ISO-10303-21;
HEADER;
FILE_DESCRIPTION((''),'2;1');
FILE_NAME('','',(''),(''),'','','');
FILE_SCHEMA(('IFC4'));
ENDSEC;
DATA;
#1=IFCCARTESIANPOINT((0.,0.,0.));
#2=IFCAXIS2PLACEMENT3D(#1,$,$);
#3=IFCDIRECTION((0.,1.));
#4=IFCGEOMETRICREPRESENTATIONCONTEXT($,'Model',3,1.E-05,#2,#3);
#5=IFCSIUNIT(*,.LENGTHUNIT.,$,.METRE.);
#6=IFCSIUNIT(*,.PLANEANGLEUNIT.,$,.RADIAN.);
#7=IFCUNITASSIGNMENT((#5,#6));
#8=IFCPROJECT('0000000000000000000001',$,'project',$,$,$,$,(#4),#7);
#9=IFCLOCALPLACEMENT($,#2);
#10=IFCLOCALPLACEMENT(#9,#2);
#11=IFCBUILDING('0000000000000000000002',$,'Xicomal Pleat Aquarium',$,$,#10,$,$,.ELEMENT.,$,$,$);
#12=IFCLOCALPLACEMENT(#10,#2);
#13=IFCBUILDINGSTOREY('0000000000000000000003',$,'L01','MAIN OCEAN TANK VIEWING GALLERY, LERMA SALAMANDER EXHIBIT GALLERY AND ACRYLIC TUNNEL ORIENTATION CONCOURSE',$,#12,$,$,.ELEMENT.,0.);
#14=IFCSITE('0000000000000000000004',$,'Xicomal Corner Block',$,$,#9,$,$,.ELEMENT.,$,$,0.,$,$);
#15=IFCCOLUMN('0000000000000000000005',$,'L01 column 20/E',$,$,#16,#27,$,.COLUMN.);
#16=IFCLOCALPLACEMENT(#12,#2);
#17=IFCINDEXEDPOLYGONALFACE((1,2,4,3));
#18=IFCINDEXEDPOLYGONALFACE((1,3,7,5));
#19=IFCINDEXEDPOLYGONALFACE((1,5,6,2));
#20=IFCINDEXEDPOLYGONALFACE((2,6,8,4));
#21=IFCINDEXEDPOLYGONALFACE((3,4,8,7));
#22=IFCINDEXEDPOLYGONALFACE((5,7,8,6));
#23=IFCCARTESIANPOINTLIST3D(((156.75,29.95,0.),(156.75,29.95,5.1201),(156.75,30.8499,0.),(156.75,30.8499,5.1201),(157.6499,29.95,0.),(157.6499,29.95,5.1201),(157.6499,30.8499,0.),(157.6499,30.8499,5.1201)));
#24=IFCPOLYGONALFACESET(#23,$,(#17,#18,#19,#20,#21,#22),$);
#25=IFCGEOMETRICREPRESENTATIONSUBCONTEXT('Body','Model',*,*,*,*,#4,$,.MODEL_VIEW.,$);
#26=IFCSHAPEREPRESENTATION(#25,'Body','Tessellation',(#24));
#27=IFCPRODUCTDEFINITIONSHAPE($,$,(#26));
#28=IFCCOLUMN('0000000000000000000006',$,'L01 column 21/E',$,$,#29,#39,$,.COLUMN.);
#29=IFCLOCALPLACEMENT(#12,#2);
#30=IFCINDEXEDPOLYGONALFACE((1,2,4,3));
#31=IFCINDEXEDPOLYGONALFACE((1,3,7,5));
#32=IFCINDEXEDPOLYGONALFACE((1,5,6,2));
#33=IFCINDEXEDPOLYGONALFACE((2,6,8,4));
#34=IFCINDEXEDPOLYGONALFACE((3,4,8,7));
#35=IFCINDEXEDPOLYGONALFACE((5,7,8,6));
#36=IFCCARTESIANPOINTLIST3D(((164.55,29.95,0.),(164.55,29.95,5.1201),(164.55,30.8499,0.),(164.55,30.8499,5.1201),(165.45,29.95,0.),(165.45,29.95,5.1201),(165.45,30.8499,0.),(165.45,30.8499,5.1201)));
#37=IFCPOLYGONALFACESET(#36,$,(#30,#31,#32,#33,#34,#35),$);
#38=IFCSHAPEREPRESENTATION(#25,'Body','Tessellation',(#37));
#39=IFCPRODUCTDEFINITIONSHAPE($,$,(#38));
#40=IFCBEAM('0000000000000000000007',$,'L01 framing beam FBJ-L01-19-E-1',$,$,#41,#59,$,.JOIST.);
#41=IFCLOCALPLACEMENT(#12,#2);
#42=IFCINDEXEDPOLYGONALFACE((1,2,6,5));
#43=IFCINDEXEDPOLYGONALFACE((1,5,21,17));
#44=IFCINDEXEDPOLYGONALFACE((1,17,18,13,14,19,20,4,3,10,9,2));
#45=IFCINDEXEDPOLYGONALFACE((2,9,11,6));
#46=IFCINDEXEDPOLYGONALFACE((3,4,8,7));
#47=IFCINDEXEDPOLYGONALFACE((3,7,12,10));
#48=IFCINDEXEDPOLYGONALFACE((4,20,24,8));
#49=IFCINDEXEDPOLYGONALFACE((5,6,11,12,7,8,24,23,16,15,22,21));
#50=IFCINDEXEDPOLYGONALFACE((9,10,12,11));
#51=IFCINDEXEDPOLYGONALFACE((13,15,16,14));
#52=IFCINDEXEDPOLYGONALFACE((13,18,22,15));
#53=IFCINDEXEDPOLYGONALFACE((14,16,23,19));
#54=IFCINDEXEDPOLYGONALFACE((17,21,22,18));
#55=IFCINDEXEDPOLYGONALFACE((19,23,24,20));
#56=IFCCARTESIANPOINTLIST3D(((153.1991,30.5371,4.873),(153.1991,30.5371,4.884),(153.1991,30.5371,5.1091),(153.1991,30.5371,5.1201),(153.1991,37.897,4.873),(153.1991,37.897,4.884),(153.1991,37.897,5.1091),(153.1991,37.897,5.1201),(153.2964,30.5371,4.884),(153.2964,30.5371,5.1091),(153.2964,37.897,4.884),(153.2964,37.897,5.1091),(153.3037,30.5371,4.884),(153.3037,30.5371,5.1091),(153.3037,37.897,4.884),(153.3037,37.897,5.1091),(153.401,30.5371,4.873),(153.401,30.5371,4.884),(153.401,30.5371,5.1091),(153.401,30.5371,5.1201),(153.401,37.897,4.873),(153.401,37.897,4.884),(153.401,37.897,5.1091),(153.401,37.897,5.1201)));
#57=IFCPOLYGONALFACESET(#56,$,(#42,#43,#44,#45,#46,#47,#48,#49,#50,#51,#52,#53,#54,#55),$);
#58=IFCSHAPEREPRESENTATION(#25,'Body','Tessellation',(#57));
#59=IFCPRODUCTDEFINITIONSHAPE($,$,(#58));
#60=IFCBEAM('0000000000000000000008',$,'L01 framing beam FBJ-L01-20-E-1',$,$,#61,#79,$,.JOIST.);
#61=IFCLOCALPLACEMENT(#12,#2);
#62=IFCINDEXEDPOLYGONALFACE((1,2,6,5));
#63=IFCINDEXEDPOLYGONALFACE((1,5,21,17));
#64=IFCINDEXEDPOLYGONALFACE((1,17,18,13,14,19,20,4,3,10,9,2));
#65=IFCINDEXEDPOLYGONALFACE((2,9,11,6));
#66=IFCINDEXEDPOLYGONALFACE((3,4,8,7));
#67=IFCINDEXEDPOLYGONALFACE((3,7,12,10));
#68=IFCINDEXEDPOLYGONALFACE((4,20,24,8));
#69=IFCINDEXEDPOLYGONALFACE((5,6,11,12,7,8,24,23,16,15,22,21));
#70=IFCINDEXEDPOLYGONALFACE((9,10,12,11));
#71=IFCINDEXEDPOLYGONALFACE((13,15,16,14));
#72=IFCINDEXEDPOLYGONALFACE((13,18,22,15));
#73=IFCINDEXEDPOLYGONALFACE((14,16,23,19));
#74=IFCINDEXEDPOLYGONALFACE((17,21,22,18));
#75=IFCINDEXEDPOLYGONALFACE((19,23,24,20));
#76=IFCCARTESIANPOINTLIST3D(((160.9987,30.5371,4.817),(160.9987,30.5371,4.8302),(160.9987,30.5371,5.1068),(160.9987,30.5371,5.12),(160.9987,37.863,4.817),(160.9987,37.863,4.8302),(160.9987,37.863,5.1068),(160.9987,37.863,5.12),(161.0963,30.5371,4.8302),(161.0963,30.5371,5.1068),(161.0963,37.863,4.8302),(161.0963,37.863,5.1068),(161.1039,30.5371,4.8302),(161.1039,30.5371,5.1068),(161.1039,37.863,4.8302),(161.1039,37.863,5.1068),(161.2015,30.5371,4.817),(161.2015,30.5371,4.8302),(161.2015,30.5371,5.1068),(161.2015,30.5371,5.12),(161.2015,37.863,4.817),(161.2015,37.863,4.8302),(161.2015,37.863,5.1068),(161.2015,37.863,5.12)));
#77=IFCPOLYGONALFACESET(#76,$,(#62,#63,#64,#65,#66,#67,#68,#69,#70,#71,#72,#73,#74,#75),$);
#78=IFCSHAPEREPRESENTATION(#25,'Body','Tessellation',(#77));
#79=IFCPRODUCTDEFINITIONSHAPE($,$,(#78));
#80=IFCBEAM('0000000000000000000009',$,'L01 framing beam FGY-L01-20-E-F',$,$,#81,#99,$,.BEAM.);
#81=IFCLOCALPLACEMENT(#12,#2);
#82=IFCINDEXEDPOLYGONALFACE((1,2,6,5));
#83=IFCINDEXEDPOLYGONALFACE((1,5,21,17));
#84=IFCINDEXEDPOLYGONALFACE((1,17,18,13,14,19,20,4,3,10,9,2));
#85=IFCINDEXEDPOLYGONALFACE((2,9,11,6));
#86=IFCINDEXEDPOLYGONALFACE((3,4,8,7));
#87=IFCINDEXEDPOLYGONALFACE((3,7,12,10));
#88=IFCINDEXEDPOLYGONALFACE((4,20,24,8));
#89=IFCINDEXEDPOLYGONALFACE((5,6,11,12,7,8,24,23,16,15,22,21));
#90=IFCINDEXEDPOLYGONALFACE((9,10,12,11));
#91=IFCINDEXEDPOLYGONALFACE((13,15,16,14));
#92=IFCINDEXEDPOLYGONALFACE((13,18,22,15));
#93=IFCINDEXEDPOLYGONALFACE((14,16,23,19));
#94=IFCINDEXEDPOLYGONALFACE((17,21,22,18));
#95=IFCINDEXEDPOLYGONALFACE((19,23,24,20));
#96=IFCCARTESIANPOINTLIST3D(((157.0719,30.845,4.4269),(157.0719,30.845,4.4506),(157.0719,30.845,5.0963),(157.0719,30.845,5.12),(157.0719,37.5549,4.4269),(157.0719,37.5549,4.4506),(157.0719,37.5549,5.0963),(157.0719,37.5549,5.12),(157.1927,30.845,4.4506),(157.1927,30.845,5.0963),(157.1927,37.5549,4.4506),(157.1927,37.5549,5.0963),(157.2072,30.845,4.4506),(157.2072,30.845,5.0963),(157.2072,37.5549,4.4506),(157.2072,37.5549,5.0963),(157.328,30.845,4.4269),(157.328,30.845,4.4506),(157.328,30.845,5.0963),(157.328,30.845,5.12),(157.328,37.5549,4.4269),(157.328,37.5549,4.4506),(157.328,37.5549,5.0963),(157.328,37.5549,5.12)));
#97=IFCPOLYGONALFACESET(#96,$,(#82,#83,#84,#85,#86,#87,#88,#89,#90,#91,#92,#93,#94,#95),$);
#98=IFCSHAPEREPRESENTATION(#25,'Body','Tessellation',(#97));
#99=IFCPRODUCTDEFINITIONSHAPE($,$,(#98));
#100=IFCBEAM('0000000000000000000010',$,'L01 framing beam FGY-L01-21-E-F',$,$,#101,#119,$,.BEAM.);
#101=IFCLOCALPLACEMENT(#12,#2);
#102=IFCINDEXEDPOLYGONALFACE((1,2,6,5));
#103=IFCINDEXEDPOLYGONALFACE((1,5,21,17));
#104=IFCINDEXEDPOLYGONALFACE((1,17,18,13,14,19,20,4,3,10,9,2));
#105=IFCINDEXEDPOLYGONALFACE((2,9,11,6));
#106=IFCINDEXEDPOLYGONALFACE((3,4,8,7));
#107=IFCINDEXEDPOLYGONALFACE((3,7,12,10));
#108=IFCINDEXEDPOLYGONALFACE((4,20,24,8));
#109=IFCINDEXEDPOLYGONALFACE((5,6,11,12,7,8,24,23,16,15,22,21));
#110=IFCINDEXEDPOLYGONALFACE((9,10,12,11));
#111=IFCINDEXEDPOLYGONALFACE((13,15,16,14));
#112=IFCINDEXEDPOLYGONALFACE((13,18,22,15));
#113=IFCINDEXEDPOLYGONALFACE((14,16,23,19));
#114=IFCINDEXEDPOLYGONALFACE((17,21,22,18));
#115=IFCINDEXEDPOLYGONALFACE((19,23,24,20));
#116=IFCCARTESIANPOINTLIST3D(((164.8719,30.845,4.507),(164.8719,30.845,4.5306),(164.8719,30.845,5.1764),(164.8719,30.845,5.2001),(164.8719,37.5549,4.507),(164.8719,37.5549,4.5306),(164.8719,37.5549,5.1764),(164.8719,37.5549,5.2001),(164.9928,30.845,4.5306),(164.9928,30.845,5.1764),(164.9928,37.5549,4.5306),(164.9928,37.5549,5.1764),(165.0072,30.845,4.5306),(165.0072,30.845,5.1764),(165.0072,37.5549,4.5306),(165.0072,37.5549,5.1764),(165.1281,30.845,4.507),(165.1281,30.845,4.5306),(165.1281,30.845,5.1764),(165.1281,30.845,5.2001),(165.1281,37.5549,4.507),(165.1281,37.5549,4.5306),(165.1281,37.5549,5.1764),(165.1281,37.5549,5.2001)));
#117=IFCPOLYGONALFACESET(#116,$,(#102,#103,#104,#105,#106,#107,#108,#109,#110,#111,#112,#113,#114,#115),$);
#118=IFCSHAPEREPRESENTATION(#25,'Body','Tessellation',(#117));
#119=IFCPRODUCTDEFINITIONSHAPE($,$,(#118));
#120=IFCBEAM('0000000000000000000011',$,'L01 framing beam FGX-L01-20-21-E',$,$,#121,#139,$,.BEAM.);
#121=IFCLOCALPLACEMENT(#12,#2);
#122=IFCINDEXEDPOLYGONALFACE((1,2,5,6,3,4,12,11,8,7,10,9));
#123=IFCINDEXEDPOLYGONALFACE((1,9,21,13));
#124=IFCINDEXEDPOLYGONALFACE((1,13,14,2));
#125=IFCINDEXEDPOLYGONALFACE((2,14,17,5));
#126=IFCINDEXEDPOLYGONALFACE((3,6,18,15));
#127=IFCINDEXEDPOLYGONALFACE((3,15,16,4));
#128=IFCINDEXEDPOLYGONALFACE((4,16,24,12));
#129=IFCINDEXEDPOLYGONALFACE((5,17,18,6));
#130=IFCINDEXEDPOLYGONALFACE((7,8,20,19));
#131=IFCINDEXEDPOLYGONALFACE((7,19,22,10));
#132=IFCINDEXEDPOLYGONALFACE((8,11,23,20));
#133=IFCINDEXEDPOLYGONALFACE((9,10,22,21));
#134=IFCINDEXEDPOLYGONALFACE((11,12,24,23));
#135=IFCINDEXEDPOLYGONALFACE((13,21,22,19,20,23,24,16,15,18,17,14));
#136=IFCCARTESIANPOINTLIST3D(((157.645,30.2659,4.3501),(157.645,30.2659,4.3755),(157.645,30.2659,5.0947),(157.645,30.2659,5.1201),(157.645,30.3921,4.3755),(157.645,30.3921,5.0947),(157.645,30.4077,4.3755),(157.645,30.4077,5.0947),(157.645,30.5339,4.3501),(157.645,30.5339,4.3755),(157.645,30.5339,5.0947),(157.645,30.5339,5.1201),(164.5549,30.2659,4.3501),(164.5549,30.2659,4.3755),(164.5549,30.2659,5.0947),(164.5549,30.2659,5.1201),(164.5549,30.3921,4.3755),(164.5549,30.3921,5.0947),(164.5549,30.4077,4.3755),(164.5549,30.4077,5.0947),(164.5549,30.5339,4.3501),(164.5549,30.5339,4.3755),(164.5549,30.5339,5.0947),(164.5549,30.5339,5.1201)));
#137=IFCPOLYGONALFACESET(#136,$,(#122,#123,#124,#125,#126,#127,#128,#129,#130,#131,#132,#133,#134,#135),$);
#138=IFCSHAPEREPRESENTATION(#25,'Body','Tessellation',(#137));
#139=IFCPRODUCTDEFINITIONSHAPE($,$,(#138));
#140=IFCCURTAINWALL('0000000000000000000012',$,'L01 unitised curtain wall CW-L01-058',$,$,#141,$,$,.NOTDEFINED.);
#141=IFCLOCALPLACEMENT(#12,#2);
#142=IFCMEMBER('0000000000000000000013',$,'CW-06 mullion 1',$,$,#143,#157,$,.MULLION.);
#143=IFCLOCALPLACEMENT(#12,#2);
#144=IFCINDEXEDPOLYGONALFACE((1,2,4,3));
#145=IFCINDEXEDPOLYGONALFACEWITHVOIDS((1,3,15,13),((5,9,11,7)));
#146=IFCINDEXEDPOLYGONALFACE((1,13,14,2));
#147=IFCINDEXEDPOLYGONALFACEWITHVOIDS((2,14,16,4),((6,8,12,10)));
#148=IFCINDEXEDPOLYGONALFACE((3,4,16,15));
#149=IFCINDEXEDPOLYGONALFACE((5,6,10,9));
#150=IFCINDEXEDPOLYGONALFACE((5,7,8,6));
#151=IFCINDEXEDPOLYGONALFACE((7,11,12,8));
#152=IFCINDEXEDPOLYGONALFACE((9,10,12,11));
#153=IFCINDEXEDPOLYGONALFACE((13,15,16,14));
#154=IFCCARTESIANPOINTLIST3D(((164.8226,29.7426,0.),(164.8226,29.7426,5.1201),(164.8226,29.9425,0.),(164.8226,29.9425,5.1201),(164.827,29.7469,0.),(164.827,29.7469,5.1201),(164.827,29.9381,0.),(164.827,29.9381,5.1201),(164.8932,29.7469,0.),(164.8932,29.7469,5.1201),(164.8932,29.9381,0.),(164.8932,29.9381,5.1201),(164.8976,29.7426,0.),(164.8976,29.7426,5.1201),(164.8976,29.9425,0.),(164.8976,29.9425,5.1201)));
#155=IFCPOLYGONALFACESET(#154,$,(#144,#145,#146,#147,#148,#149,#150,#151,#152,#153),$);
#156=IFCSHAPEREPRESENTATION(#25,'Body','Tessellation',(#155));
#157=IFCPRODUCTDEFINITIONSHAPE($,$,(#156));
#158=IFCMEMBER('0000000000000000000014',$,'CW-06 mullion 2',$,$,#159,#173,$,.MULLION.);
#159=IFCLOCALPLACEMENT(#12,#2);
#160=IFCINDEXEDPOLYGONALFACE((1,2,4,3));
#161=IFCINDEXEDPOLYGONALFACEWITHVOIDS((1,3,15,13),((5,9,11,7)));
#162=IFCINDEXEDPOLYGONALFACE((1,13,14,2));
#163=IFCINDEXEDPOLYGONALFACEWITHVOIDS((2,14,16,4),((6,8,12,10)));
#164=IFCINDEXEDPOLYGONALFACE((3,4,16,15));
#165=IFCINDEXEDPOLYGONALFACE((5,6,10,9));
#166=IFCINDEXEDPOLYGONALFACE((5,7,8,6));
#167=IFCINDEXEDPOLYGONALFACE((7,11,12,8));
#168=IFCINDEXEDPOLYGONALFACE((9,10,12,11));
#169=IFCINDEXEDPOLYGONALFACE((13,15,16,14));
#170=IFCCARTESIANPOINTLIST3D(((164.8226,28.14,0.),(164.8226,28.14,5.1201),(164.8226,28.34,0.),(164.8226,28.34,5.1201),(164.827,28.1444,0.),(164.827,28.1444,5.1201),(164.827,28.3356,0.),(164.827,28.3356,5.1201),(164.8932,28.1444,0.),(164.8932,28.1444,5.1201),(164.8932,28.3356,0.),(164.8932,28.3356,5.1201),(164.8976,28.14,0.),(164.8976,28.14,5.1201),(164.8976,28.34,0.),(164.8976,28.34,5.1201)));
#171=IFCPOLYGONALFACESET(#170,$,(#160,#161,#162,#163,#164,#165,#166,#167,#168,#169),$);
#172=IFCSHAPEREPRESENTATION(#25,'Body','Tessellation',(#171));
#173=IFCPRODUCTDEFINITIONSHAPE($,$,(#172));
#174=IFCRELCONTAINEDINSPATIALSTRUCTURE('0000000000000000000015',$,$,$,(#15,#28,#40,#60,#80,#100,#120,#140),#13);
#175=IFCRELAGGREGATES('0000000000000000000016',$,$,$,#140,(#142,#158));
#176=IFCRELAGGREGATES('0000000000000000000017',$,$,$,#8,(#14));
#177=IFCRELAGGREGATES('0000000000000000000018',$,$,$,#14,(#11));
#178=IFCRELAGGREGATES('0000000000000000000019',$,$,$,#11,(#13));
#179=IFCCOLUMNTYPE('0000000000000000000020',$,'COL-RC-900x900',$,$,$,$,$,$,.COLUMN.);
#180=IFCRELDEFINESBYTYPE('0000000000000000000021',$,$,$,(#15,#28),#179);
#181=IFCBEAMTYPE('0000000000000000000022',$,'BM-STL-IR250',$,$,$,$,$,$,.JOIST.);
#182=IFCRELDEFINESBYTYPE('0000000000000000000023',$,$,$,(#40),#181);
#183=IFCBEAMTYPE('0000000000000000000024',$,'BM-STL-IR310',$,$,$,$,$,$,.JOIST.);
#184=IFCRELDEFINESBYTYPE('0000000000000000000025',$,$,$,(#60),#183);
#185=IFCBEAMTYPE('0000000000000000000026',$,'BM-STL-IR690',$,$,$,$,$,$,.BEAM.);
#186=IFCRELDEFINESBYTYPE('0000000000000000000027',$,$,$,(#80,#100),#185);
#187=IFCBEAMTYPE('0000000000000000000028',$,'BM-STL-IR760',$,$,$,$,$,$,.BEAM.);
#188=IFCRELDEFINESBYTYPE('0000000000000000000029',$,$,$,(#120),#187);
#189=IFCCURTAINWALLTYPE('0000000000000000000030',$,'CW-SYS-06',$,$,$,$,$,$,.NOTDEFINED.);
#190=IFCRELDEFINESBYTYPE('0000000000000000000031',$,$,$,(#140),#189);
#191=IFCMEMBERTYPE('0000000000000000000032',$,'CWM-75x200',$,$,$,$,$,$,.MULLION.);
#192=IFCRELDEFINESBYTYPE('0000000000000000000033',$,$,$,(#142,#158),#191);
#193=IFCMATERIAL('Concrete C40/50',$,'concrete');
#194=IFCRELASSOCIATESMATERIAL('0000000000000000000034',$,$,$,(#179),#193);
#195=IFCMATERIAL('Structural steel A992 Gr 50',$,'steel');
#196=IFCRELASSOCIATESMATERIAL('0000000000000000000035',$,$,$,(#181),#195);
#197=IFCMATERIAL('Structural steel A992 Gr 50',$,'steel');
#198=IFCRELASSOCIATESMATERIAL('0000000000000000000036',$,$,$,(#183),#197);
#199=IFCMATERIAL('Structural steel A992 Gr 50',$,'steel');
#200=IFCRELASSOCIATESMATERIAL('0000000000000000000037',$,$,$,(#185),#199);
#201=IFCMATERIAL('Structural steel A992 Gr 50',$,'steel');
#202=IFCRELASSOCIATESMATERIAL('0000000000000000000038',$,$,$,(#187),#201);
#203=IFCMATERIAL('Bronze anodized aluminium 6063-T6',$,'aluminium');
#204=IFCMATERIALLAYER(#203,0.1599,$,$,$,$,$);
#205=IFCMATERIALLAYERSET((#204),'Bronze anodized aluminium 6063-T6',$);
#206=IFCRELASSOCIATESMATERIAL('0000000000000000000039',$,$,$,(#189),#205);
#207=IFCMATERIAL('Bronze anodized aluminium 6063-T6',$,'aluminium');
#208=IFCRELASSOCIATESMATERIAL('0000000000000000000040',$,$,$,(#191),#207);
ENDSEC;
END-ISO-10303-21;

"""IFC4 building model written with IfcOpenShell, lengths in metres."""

from ifc_helpers import new_model, si_unit, direction, frame, origin, origin_2d, place, context, subcontext, project, spatial, rectangle, hollow_rectangle, i_section, extrude, material, layer, layer_set, material_profile, profile_set, type_object, element, aggregate, save


model = new_model("IFC4")

# Units and contexts
model_context = context("Model", 3, precision=1e-05, world=origin(), true_north=direction((0.0, 1.0)))
body_context = subcontext(model_context, "Body", "Model", "MODEL_VIEW")
ifc_project = project(units=[si_unit("LENGTHUNIT", "METRE"), si_unit("PLANEANGLEUNIT", "RADIAN")], contexts=[model_context])

# Site, building, storey
site_placement = place(None, origin())
site = spatial("IfcSite", under=ifc_project, at=site_placement, Name="Xicomal Corner Block", CompositionType="ELEMENT", RefElevation=0.0)
building_placement = place(site_placement, origin())
building = spatial("IfcBuilding", under=site, at=building_placement, Name="Xicomal Pleat Aquarium", CompositionType="ELEMENT")
storey_placement = place(building_placement, origin())
storey = spatial("IfcBuildingStorey", under=building, at=storey_placement, Name="L01", Description="MAIN OCEAN TANK VIEWING GALLERY, LERMA SALAMANDER EXHIBIT GALLERY AND ACRYLIC TUNNEL ORIENTATION CONCOURSE", CompositionType="ELEMENT", Elevation=0.0)

# Columns
ifc_material_1 = material(Name="Concrete C40/50", Category="concrete")
ifc_material_profile_1 = material_profile(ifc_material_1, rectangle(XDim=0.8999, YDim=0.8999, at=origin_2d()), Name="RC 900x900")
ifc_profile_set_1 = profile_set([ifc_material_profile_1], Name="Concrete C40/50")
column_type = type_object("IfcColumnType", Name="COL-RC-900x900", PredefinedType="COLUMN", material=ifc_profile_set_1)
for number, where, z_axis, x_axis, name in (
    (1, (157.2, 30.3999, 0.0), (0.0, 0.0, 1.0), (1.0, 0.0, 0.0), "L01 column 20/E"),
    (2, (165.0, 30.3999, 0.0), (0.0, 0.0, 1.0), (1.0, 0.0, 0.0), "L01 column 21/E"),
):
    element("IfcColumn", number, at=place(storey_placement, frame(where, z_axis=z_axis, x_axis=x_axis)), inside=storey, type_object=column_type, Name=name, PredefinedType="COLUMN", context=body_context, shape_type="SweptSolid", body=[
        extrude(rectangle(XDim=0.8999, YDim=0.8999, at=origin_2d()), origin(), (0.0, 0.0, 1.0), 5.1201),
    ])

# Beams
ifc_material_2 = material(Name="Structural steel A992 Gr 50", Category="steel")
ifc_material_profile_2 = material_profile(ifc_material_2, i_section(OverallWidth=0.2019, OverallDepth=0.2471, WebThickness=0.0073, FlangeThickness=0.011, at=origin_2d()), Name="IR 250x49")
ifc_profile_set_2 = profile_set([ifc_material_profile_2], Name="Structural steel A992 Gr 50")
beam_type_1 = type_object("IfcBeamType", Name="BM-STL-IR250", PredefinedType="JOIST", material=ifc_profile_set_2)
beam_1_placement = place(storey_placement, frame((153.3, 30.5371, 4.9966), z_axis=(0.0, 1.0, 0.0), x_axis=(-1.0, 0.0, 0.0)))
element("IfcBeam", 3, at=beam_1_placement, inside=storey, type_object=beam_type_1, Name="L01 framing beam FBJ-L01-19-E-1", PredefinedType="JOIST", context=body_context, shape_type="SweptSolid", body=[
    extrude(i_section(OverallWidth=0.2019, OverallDepth=0.2471, WebThickness=0.0073, FlangeThickness=0.011, at=origin_2d()), origin(), (0.0, 0.0, 1.0), 7.3599),
])
ifc_material_3 = material(Name="Structural steel A992 Gr 50", Category="steel")
ifc_material_profile_3 = material_profile(ifc_material_3, i_section(OverallWidth=0.2029, OverallDepth=0.303, WebThickness=0.0076, FlangeThickness=0.0132, at=origin_2d()), Name="IR 310x60")
ifc_profile_set_3 = profile_set([ifc_material_profile_3], Name="Structural steel A992 Gr 50")
beam_type_2 = type_object("IfcBeamType", Name="BM-STL-IR310", PredefinedType="JOIST", material=ifc_profile_set_3)
beam_2_placement = place(storey_placement, frame((161.1001, 30.5371, 4.9685), z_axis=(0.0, 1.0, 0.0), x_axis=(-1.0, 0.0, 0.0)))
element("IfcBeam", 4, at=beam_2_placement, inside=storey, type_object=beam_type_2, Name="L01 framing beam FBJ-L01-20-E-1", PredefinedType="JOIST", context=body_context, shape_type="SweptSolid", body=[
    extrude(i_section(OverallWidth=0.2029, OverallDepth=0.303, WebThickness=0.0076, FlangeThickness=0.0132, at=origin_2d()), origin(), (0.0, 0.0, 1.0), 7.3259),
])
ifc_material_4 = material(Name="Structural steel A992 Gr 50", Category="steel")
ifc_material_profile_4 = material_profile(ifc_material_4, i_section(OverallWidth=0.2561, OverallDepth=0.6931, WebThickness=0.0144, FlangeThickness=0.0237, at=origin_2d()), Name="IR 690x170")
ifc_profile_set_4 = profile_set([ifc_material_profile_4], Name="Structural steel A992 Gr 50")
beam_type_3 = type_object("IfcBeamType", Name="BM-STL-IR690", PredefinedType="BEAM", material=ifc_profile_set_4)
for number, where, z_axis, x_axis, name in (
    (5, (157.2, 30.845, 4.7734), (0.0, 1.0, 0.0), (-1.0, 0.0, 0.0), "L01 framing beam FGY-L01-20-E-F"),
    (6, (165.0, 30.845, 4.8535), (0.0, 1.0, 0.0), (-1.0, 0.0, 0.0), "L01 framing beam FGY-L01-21-E-F"),
):
    element("IfcBeam", number, at=place(storey_placement, frame(where, z_axis=z_axis, x_axis=x_axis)), inside=storey, type_object=beam_type_3, Name=name, PredefinedType="BEAM", context=body_context, shape_type="SweptSolid", body=[
        extrude(i_section(OverallWidth=0.2561, OverallDepth=0.6931, WebThickness=0.0144, FlangeThickness=0.0237, at=origin_2d()), origin(), (0.0, 0.0, 1.0), 6.71),
    ])
ifc_material_5 = material(Name="Structural steel A992 Gr 50", Category="steel")
ifc_material_profile_5 = material_profile(ifc_material_5, i_section(OverallWidth=0.2681, OverallDepth=0.77, WebThickness=0.0156, FlangeThickness=0.0254, at=origin_2d()), Name="IR 760x196")
ifc_profile_set_5 = profile_set([ifc_material_profile_5], Name="Structural steel A992 Gr 50")
beam_type_4 = type_object("IfcBeamType", Name="BM-STL-IR760", PredefinedType="BEAM", material=ifc_profile_set_5)
beam_3_placement = place(storey_placement, frame((157.645, 30.3999, 4.7351), z_axis=(1.0, 0.0, 0.0), x_axis=(0.0, 1.0, 0.0)))
element("IfcBeam", 7, at=beam_3_placement, inside=storey, type_object=beam_type_4, Name="L01 framing beam FGX-L01-20-21-E", PredefinedType="BEAM", context=body_context, shape_type="SweptSolid", body=[
    extrude(i_section(OverallWidth=0.2681, OverallDepth=0.77, WebThickness=0.0156, FlangeThickness=0.0254, at=origin_2d()), origin(), (0.0, 0.0, 1.0), 6.9099),
])

# Curtain wall, members
ifc_material_6 = material(Name="Bronze anodized aluminium 6063-T6", Category="aluminium")
ifc_layer_1 = layer(ifc_material_6, 0.1599)
ifc_layer_set_1 = layer_set([ifc_layer_1], Name="Bronze anodized aluminium 6063-T6")
curtain_wall_type_1 = type_object("IfcCurtainWallType", Name="CW-SYS-06", PredefinedType="NOTDEFINED", material=ifc_layer_set_1)
curtain_wall_1_placement = place(storey_placement, origin())
curtain_wall_1 = element("IfcCurtainWall", 8, at=curtain_wall_1_placement, inside=storey, type_object=curtain_wall_type_1, Name="L01 unitised curtain wall CW-L01-058", PredefinedType="NOTDEFINED")
ifc_material_7 = material(Name="Bronze anodized aluminium 6063-T6", Category="aluminium")
ifc_material_profile_6 = material_profile(ifc_material_7, hollow_rectangle(XDim=0.075, YDim=0.2, WallThickness=0.0044, at=origin_2d()), Name="ALU MULL 75x200")
ifc_profile_set_6 = profile_set([ifc_material_profile_6], Name="Bronze anodized aluminium 6063-T6")
member_type_1 = type_object("IfcMemberType", Name="CWM-75x200", PredefinedType="MULLION", material=ifc_profile_set_6)
member_1_placement = place(storey_placement, frame((164.8601, 29.8425, 0.0), z_axis=(0.0, 0.0, 1.0), x_axis=(1.0, 0.0, 0.0)))
member_1 = element("IfcMember", 9, at=member_1_placement, type_object=member_type_1, Name="CW-06 mullion 1", PredefinedType="MULLION", context=body_context, shape_type="SweptSolid", body=[
    extrude(hollow_rectangle(XDim=0.075, YDim=0.2, WallThickness=0.0044, at=origin_2d()), origin(), (0.0, 0.0, 1.0), 5.1201),
])
member_2_placement = place(storey_placement, frame((164.8601, 28.24, 0.0), z_axis=(0.0, 0.0, 1.0), x_axis=(1.0, 0.0, 0.0)))
member_2 = element("IfcMember", 10, at=member_2_placement, type_object=member_type_1, Name="CW-06 mullion 2", PredefinedType="MULLION", context=body_context, shape_type="SweptSolid", body=[
    extrude(hollow_rectangle(XDim=0.075, YDim=0.2, WallThickness=0.0044, at=origin_2d()), origin(), (0.0, 0.0, 1.0), 5.1201),
])

aggregate(curtain_wall_1, [member_1, member_2])

save(model, "model.ifc")
